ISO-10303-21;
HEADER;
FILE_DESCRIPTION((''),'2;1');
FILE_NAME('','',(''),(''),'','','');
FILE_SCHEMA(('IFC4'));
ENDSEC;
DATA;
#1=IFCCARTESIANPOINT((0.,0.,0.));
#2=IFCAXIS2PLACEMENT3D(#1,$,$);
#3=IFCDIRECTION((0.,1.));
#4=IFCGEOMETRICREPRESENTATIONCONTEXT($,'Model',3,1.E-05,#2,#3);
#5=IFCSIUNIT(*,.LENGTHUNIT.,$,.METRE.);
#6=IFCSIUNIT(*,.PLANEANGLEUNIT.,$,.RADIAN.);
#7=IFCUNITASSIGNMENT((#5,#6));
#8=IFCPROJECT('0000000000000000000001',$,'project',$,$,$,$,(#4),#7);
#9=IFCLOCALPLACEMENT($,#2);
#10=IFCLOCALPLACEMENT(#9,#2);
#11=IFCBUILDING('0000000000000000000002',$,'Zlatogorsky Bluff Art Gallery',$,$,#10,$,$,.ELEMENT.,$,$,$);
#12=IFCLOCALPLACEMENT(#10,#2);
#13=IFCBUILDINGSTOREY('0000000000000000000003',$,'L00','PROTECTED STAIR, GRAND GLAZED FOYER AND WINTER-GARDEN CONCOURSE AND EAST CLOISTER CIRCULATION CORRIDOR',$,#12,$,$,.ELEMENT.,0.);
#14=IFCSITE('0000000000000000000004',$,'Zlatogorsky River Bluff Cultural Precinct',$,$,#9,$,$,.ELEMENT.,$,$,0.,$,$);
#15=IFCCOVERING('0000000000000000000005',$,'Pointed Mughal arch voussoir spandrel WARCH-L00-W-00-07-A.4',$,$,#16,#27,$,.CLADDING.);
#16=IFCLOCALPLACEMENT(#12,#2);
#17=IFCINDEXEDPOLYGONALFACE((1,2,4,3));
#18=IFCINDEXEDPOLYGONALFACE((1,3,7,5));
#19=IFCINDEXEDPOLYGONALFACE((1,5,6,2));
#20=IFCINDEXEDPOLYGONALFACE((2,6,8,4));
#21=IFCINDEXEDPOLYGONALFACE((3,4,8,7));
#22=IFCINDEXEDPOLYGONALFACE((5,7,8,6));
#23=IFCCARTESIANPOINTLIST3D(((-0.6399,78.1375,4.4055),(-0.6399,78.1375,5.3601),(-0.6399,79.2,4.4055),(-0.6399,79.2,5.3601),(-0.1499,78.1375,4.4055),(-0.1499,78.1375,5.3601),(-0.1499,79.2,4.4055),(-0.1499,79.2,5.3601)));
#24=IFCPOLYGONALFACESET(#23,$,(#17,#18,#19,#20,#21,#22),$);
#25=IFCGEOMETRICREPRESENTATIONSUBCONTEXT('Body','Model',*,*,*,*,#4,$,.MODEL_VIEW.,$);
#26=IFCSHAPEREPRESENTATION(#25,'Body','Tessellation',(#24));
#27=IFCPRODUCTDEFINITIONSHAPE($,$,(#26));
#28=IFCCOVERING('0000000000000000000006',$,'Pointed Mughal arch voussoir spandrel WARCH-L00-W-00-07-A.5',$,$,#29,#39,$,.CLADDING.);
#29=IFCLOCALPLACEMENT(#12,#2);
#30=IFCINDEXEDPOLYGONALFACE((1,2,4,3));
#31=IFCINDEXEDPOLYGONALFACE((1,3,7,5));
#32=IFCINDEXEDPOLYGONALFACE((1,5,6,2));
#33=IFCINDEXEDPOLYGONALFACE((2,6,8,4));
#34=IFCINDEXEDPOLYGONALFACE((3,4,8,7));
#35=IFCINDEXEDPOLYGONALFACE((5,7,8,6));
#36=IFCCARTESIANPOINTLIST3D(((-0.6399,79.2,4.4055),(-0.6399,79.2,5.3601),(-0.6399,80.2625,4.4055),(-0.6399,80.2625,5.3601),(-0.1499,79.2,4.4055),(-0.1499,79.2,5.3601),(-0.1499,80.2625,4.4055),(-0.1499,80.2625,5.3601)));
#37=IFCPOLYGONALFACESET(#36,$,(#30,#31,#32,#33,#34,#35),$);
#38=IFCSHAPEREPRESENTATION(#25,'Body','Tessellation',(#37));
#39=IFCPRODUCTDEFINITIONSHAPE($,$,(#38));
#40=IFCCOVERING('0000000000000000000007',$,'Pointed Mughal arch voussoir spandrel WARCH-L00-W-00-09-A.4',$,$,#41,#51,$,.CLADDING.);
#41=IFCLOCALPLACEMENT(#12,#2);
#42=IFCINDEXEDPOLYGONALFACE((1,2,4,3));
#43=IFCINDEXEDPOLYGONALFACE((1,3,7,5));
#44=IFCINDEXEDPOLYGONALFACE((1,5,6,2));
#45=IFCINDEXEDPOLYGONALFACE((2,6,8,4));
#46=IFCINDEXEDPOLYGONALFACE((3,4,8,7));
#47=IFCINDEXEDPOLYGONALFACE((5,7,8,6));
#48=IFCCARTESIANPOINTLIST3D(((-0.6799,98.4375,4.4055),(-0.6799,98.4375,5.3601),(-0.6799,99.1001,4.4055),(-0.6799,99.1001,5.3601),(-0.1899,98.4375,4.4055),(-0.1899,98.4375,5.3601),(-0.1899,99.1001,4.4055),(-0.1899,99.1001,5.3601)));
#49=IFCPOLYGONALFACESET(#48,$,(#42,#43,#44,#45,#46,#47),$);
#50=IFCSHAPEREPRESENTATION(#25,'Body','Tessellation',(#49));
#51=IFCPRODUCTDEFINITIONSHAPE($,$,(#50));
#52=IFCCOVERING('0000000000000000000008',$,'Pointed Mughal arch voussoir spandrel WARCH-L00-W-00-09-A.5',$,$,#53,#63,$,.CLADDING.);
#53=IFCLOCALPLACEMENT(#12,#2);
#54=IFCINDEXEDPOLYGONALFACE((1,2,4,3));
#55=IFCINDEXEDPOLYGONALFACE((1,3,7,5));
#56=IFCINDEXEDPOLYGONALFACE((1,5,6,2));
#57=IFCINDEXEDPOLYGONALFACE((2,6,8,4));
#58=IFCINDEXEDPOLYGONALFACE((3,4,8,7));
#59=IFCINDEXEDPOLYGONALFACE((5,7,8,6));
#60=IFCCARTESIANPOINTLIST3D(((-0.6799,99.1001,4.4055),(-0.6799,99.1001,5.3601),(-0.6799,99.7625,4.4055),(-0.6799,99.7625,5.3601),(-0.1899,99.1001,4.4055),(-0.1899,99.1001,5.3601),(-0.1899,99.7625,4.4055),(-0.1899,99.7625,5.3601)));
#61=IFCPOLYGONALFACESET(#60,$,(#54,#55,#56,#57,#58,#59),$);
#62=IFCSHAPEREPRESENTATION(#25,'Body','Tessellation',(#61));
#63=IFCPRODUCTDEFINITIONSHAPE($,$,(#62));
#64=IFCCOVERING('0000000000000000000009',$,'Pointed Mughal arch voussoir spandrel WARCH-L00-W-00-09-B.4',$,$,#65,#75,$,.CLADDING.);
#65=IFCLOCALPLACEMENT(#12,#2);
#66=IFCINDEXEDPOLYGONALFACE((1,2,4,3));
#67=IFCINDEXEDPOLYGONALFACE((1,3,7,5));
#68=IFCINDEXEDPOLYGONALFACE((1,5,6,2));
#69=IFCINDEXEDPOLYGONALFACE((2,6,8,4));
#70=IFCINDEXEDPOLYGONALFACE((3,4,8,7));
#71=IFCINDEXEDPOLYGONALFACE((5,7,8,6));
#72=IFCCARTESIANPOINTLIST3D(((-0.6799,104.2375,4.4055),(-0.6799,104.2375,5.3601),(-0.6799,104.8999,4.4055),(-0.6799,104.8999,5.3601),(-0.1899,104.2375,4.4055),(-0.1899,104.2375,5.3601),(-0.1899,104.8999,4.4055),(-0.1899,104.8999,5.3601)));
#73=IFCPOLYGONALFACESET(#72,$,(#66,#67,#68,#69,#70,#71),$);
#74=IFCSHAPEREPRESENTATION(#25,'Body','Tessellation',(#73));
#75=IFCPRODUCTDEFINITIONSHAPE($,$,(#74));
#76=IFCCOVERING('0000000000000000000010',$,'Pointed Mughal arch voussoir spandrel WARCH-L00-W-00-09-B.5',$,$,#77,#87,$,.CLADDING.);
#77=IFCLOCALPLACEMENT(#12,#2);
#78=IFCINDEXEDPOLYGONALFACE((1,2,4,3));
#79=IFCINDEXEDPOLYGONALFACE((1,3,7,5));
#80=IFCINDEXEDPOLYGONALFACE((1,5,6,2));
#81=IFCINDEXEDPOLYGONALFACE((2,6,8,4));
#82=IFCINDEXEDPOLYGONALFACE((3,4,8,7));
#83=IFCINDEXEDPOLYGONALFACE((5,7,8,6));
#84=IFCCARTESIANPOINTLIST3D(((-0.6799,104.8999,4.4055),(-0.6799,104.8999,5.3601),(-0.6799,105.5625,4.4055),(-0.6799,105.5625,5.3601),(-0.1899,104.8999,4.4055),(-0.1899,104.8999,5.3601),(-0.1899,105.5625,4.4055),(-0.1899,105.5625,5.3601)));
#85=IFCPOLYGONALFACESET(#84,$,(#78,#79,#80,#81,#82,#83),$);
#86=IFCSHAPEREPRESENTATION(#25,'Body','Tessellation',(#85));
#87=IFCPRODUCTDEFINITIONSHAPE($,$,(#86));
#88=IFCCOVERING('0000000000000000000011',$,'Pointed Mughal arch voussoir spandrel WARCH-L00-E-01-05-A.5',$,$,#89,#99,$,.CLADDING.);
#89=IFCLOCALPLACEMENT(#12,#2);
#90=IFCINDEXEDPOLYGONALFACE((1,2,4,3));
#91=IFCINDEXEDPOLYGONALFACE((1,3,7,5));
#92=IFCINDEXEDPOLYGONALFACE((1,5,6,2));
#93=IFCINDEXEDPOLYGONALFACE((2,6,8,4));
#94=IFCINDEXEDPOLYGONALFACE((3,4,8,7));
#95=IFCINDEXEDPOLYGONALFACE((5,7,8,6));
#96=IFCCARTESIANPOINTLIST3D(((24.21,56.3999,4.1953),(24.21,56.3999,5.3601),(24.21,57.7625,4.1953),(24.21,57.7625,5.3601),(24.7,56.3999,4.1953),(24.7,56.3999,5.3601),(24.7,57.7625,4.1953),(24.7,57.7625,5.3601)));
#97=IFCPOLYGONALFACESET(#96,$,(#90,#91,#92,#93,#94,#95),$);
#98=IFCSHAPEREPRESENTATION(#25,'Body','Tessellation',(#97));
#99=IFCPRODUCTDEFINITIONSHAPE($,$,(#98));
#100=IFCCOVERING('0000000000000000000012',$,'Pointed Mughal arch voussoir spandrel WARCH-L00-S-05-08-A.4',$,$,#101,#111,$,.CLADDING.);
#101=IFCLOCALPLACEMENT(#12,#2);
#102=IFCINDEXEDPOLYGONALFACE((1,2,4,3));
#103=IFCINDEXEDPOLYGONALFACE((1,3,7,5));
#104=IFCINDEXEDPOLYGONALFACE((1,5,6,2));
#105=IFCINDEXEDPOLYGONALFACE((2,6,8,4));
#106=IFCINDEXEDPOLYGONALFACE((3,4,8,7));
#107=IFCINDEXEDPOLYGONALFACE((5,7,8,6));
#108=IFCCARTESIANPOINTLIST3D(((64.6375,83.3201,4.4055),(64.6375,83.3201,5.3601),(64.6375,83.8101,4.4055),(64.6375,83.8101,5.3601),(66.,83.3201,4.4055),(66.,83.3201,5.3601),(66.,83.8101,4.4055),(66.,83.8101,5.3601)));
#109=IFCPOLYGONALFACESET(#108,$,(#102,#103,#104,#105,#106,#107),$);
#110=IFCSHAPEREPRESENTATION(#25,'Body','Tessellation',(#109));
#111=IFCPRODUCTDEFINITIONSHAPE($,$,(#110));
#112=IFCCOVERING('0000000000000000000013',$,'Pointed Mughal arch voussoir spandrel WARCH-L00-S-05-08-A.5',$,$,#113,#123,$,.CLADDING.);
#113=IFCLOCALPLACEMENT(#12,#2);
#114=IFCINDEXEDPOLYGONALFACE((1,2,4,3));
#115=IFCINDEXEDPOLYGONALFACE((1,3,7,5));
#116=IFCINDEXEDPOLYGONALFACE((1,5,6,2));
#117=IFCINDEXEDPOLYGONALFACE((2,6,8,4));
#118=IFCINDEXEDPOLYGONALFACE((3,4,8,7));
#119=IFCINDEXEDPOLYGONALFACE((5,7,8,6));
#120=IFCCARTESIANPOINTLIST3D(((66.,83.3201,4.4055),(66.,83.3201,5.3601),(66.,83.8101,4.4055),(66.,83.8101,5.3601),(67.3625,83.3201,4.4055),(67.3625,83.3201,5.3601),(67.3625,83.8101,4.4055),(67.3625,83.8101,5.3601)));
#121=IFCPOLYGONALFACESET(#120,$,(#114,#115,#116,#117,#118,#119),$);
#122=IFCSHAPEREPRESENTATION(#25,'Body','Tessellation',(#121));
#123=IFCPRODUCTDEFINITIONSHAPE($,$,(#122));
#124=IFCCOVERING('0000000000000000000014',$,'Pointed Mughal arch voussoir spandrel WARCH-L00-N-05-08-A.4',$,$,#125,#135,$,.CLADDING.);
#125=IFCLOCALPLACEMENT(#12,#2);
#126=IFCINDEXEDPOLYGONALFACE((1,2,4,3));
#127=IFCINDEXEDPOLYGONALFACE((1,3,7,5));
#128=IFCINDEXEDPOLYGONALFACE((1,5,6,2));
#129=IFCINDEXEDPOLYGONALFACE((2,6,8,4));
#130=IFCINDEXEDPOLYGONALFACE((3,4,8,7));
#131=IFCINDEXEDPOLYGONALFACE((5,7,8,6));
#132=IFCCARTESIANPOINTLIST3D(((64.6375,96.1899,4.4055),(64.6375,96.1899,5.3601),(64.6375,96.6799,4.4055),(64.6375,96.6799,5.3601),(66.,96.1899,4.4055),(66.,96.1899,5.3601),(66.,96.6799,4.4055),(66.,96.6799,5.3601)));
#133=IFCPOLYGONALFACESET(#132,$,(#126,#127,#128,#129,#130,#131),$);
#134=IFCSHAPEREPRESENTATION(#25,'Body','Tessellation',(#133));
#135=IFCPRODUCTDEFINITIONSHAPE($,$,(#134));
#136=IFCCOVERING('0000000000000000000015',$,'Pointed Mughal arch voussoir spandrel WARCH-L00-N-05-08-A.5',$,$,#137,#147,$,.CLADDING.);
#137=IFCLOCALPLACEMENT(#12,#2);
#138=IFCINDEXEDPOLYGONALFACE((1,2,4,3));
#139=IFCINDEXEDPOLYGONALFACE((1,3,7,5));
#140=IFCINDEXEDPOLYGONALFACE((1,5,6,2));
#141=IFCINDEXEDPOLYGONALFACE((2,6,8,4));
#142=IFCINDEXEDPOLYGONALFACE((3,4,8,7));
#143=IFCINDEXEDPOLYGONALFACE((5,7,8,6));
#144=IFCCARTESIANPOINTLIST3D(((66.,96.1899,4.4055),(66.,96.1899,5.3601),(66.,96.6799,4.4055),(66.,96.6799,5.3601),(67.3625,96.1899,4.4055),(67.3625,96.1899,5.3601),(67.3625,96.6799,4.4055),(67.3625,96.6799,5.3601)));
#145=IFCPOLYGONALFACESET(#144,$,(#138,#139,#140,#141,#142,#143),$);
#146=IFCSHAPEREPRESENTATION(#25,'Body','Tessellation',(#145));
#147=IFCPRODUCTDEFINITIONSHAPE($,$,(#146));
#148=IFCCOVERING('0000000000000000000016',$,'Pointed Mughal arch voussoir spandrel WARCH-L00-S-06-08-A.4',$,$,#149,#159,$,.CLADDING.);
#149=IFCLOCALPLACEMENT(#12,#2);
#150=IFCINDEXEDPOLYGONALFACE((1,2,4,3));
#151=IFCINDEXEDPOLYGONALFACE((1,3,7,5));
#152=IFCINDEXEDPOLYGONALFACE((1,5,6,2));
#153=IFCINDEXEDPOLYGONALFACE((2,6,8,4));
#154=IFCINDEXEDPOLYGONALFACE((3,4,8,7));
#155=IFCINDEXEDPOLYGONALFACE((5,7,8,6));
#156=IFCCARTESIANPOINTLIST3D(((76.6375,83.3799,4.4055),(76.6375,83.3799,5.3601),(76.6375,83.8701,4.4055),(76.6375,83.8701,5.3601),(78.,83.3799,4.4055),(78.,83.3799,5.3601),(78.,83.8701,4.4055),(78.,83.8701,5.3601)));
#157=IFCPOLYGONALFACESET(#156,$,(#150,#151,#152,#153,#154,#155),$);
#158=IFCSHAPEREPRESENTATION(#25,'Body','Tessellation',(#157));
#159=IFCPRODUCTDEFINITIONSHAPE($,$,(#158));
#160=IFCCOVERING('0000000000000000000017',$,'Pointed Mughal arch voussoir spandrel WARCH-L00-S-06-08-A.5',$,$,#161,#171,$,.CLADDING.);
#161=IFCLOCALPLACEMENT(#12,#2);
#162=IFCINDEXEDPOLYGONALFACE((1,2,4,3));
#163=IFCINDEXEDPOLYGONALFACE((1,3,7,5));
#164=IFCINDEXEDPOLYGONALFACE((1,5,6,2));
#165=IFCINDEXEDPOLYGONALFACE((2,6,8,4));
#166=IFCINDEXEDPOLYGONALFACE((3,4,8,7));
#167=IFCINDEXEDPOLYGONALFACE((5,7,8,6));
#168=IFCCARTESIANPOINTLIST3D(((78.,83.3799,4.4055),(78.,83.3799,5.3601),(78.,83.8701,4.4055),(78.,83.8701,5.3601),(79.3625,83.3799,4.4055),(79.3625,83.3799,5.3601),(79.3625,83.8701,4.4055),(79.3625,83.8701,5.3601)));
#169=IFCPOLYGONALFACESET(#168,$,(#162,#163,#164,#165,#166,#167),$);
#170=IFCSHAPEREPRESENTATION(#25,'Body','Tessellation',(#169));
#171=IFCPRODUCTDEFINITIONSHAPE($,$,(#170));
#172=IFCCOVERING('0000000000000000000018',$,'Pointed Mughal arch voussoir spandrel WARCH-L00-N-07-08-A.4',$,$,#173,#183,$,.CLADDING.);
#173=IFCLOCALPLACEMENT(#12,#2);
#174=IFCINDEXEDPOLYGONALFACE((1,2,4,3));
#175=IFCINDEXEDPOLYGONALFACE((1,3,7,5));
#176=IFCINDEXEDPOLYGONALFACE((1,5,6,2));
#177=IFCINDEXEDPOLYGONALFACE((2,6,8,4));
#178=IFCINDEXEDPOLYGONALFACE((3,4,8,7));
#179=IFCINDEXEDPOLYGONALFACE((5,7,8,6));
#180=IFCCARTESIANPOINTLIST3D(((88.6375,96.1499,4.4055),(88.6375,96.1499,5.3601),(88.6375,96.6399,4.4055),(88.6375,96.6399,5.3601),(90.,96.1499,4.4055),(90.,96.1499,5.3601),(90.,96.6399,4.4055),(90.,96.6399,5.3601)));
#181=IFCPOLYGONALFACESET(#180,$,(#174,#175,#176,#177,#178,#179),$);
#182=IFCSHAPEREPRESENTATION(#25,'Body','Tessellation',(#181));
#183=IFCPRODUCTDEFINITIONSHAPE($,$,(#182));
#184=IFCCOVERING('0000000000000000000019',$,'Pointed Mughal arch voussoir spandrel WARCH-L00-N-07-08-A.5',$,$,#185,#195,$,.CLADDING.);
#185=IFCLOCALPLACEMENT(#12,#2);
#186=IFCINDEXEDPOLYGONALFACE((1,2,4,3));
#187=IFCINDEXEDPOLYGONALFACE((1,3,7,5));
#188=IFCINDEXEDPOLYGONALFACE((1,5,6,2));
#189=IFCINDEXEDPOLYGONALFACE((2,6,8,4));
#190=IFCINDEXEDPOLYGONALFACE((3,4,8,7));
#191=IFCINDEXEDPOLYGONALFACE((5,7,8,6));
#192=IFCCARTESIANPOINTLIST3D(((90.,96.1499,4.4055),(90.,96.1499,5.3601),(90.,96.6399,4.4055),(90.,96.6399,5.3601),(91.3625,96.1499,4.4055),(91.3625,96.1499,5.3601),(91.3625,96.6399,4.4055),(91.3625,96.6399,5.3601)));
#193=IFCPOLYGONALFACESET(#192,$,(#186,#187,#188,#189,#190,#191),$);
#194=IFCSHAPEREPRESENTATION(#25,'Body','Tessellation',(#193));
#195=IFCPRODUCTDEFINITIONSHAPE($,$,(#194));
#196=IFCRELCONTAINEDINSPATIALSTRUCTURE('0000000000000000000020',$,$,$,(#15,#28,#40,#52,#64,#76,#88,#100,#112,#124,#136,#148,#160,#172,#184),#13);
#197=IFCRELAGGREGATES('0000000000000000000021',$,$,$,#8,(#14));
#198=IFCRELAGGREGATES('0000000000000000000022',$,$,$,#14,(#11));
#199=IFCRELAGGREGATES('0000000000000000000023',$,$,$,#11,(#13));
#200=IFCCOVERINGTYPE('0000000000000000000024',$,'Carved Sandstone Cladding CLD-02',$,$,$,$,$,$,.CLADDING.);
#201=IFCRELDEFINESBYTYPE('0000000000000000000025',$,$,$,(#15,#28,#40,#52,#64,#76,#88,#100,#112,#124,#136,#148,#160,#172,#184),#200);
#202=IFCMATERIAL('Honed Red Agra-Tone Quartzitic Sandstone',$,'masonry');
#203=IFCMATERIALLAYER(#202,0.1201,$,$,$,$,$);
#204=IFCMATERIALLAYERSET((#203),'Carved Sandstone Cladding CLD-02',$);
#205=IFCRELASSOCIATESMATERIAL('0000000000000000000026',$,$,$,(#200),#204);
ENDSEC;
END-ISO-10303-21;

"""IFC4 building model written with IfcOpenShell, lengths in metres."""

from ifc_helpers import new_model, si_unit, direction, frame, origin, place, context, subcontext, project, spatial, polyline, outline, extrude, material, layer, layer_set, type_object, element, save


model = new_model("IFC4")

# Units and contexts
model_context = context("Model", 3, precision=1e-05, world=origin(), true_north=direction((0.0, 1.0)))
body_context = subcontext(model_context, "Body", "Model", "MODEL_VIEW")
ifc_project = project(units=[si_unit("LENGTHUNIT", "METRE"), si_unit("PLANEANGLEUNIT", "RADIAN")], contexts=[model_context])

# Site, building, storey
site_placement = place(None, origin())
site = spatial("IfcSite", under=ifc_project, at=site_placement, Name="Zlatogorsky River Bluff Cultural Precinct", CompositionType="ELEMENT", RefElevation=0.0)
building_placement = place(site_placement, origin())
building = spatial("IfcBuilding", under=site, at=building_placement, Name="Zlatogorsky Bluff Art Gallery", CompositionType="ELEMENT")
storey_placement = place(building_placement, origin())
storey = spatial("IfcBuildingStorey", under=building, at=storey_placement, Name="L00", Description="PROTECTED STAIR, GRAND GLAZED FOYER AND WINTER-GARDEN CONCOURSE AND EAST CLOISTER CIRCULATION CORRIDOR", CompositionType="ELEMENT", Elevation=0.0)

# Coverings
ifc_material = material(Name="Honed Red Agra-Tone Quartzitic Sandstone", Category="masonry")
ifc_layer = layer(ifc_material, 0.1201)
ifc_layer_set = layer_set([ifc_layer], Name="Carved Sandstone Cladding CLD-02")
covering_type = type_object("IfcCoveringType", Name="Carved Sandstone Cladding CLD-02", PredefinedType="CLADDING", material=ifc_layer_set)
covering_1_placement = place(storey_placement, frame((0.0, 0.0, 4.4055)))
element("IfcCovering", 1, at=covering_1_placement, inside=storey, type_object=covering_type, Name="Pointed Mughal arch voussoir spandrel WARCH-L00-W-00-07-A.4", PredefinedType="CLADDING", context=body_context, shape_type="SweptSolid", body=[
    extrude(outline(polyline([(-0.6399, 78.1375), (-0.6399, 79.2), (-0.1499, 79.2), (-0.1499, 78.1375), (-0.6399, 78.1375)])), origin(), (0.0, 0.0, 1.0), 0.9546),
])
covering_2_placement = place(storey_placement, frame((0.0, 0.0, 4.4055)))
element("IfcCovering", 2, at=covering_2_placement, inside=storey, type_object=covering_type, Name="Pointed Mughal arch voussoir spandrel WARCH-L00-W-00-07-A.5", PredefinedType="CLADDING", context=body_context, shape_type="SweptSolid", body=[
    extrude(outline(polyline([(-0.6399, 79.2), (-0.6399, 80.2625), (-0.1499, 80.2625), (-0.1499, 79.2), (-0.6399, 79.2)])), origin(), (0.0, 0.0, 1.0), 0.9546),
])
covering_3_placement = place(storey_placement, frame((0.0, 0.0, 4.4055)))
element("IfcCovering", 3, at=covering_3_placement, inside=storey, type_object=covering_type, Name="Pointed Mughal arch voussoir spandrel WARCH-L00-W-00-09-A.4", PredefinedType="CLADDING", context=body_context, shape_type="SweptSolid", body=[
    extrude(outline(polyline([(-0.6799, 98.4375), (-0.6799, 99.1001), (-0.1899, 99.1001), (-0.1899, 98.4375), (-0.6799, 98.4375)])), origin(), (0.0, 0.0, 1.0), 0.9546),
])
covering_4_placement = place(storey_placement, frame((0.0, 0.0, 4.4055)))
element("IfcCovering", 4, at=covering_4_placement, inside=storey, type_object=covering_type, Name="Pointed Mughal arch voussoir spandrel WARCH-L00-W-00-09-A.5", PredefinedType="CLADDING", context=body_context, shape_type="SweptSolid", body=[
    extrude(outline(polyline([(-0.6799, 99.1001), (-0.6799, 99.7625), (-0.1899, 99.7625), (-0.1899, 99.1001), (-0.6799, 99.1001)])), origin(), (0.0, 0.0, 1.0), 0.9546),
])
covering_5_placement = place(storey_placement, frame((0.0, 0.0, 4.4055)))
element("IfcCovering", 5, at=covering_5_placement, inside=storey, type_object=covering_type, Name="Pointed Mughal arch voussoir spandrel WARCH-L00-W-00-09-B.4", PredefinedType="CLADDING", context=body_context, shape_type="SweptSolid", body=[
    extrude(outline(polyline([(-0.6799, 104.2375), (-0.6799, 104.8999), (-0.1899, 104.8999), (-0.1899, 104.2375), (-0.6799, 104.2375)])), origin(), (0.0, 0.0, 1.0), 0.9546),
])
covering_6_placement = place(storey_placement, frame((0.0, 0.0, 4.4055)))
element("IfcCovering", 6, at=covering_6_placement, inside=storey, type_object=covering_type, Name="Pointed Mughal arch voussoir spandrel WARCH-L00-W-00-09-B.5", PredefinedType="CLADDING", context=body_context, shape_type="SweptSolid", body=[
    extrude(outline(polyline([(-0.6799, 104.8999), (-0.6799, 105.5625), (-0.1899, 105.5625), (-0.1899, 104.8999), (-0.6799, 104.8999)])), origin(), (0.0, 0.0, 1.0), 0.9546),
])
covering_7_placement = place(storey_placement, frame((0.0, 0.0, 4.1953)))
element("IfcCovering", 7, at=covering_7_placement, inside=storey, type_object=covering_type, Name="Pointed Mughal arch voussoir spandrel WARCH-L00-E-01-05-A.5", PredefinedType="CLADDING", context=body_context, shape_type="SweptSolid", body=[
    extrude(outline(polyline([(24.21, 56.3999), (24.21, 57.7625), (24.7, 57.7625), (24.7, 56.3999), (24.21, 56.3999)])), origin(), (0.0, 0.0, 1.0), 1.1648),
])
covering_8_placement = place(storey_placement, frame((0.0, 0.0, 4.4055)))
element("IfcCovering", 8, at=covering_8_placement, inside=storey, type_object=covering_type, Name="Pointed Mughal arch voussoir spandrel WARCH-L00-S-05-08-A.4", PredefinedType="CLADDING", context=body_context, shape_type="SweptSolid", body=[
    extrude(outline(polyline([(64.6375, 83.3201), (66.0, 83.3201), (66.0, 83.8101), (64.6375, 83.8101), (64.6375, 83.3201)])), origin(), (0.0, 0.0, 1.0), 0.9546),
])
covering_9_placement = place(storey_placement, frame((0.0, 0.0, 4.4055)))
element("IfcCovering", 9, at=covering_9_placement, inside=storey, type_object=covering_type, Name="Pointed Mughal arch voussoir spandrel WARCH-L00-S-05-08-A.5", PredefinedType="CLADDING", context=body_context, shape_type="SweptSolid", body=[
    extrude(outline(polyline([(66.0, 83.3201), (67.3625, 83.3201), (67.3625, 83.8101), (66.0, 83.8101), (66.0, 83.3201)])), origin(), (0.0, 0.0, 1.0), 0.9546),
])
covering_10_placement = place(storey_placement, frame((0.0, 0.0, 4.4055)))
element("IfcCovering", 10, at=covering_10_placement, inside=storey, type_object=covering_type, Name="Pointed Mughal arch voussoir spandrel WARCH-L00-N-05-08-A.4", PredefinedType="CLADDING", context=body_context, shape_type="SweptSolid", body=[
    extrude(outline(polyline([(64.6375, 96.1899), (66.0, 96.1899), (66.0, 96.6799), (64.6375, 96.6799), (64.6375, 96.1899)])), origin(), (0.0, 0.0, 1.0), 0.9546),
])
covering_11_placement = place(storey_placement, frame((0.0, 0.0, 4.4055)))
element("IfcCovering", 11, at=covering_11_placement, inside=storey, type_object=covering_type, Name="Pointed Mughal arch voussoir spandrel WARCH-L00-N-05-08-A.5", PredefinedType="CLADDING", context=body_context, shape_type="SweptSolid", body=[
    extrude(outline(polyline([(66.0, 96.1899), (67.3625, 96.1899), (67.3625, 96.6799), (66.0, 96.6799), (66.0, 96.1899)])), origin(), (0.0, 0.0, 1.0), 0.9546),
])
covering_12_placement = place(storey_placement, frame((0.0, 0.0, 4.4055)))
element("IfcCovering", 12, at=covering_12_placement, inside=storey, type_object=covering_type, Name="Pointed Mughal arch voussoir spandrel WARCH-L00-S-06-08-A.4", PredefinedType="CLADDING", context=body_context, shape_type="SweptSolid", body=[
    extrude(outline(polyline([(76.6375, 83.3799), (78.0, 83.3799), (78.0, 83.8701), (76.6375, 83.8701), (76.6375, 83.3799)])), origin(), (0.0, 0.0, 1.0), 0.9546),
])
covering_13_placement = place(storey_placement, frame((0.0, 0.0, 4.4055)))
element("IfcCovering", 13, at=covering_13_placement, inside=storey, type_object=covering_type, Name="Pointed Mughal arch voussoir spandrel WARCH-L00-S-06-08-A.5", PredefinedType="CLADDING", context=body_context, shape_type="SweptSolid", body=[
    extrude(outline(polyline([(78.0, 83.3799), (79.3625, 83.3799), (79.3625, 83.8701), (78.0, 83.8701), (78.0, 83.3799)])), origin(), (0.0, 0.0, 1.0), 0.9546),
])
covering_14_placement = place(storey_placement, frame((0.0, 0.0, 4.4055)))
element("IfcCovering", 14, at=covering_14_placement, inside=storey, type_object=covering_type, Name="Pointed Mughal arch voussoir spandrel WARCH-L00-N-07-08-A.4", PredefinedType="CLADDING", context=body_context, shape_type="SweptSolid", body=[
    extrude(outline(polyline([(88.6375, 96.1499), (90.0, 96.1499), (90.0, 96.6399), (88.6375, 96.6399), (88.6375, 96.1499)])), origin(), (0.0, 0.0, 1.0), 0.9546),
])
covering_15_placement = place(storey_placement, frame((0.0, 0.0, 4.4055)))
element("IfcCovering", 15, at=covering_15_placement, inside=storey, type_object=covering_type, Name="Pointed Mughal arch voussoir spandrel WARCH-L00-N-07-08-A.5", PredefinedType="CLADDING", context=body_context, shape_type="SweptSolid", body=[
    extrude(outline(polyline([(90.0, 96.1499), (91.3625, 96.1499), (91.3625, 96.6399), (90.0, 96.6399), (90.0, 96.1499)])), origin(), (0.0, 0.0, 1.0), 0.9546),
])

save(model, "model.ifc")
